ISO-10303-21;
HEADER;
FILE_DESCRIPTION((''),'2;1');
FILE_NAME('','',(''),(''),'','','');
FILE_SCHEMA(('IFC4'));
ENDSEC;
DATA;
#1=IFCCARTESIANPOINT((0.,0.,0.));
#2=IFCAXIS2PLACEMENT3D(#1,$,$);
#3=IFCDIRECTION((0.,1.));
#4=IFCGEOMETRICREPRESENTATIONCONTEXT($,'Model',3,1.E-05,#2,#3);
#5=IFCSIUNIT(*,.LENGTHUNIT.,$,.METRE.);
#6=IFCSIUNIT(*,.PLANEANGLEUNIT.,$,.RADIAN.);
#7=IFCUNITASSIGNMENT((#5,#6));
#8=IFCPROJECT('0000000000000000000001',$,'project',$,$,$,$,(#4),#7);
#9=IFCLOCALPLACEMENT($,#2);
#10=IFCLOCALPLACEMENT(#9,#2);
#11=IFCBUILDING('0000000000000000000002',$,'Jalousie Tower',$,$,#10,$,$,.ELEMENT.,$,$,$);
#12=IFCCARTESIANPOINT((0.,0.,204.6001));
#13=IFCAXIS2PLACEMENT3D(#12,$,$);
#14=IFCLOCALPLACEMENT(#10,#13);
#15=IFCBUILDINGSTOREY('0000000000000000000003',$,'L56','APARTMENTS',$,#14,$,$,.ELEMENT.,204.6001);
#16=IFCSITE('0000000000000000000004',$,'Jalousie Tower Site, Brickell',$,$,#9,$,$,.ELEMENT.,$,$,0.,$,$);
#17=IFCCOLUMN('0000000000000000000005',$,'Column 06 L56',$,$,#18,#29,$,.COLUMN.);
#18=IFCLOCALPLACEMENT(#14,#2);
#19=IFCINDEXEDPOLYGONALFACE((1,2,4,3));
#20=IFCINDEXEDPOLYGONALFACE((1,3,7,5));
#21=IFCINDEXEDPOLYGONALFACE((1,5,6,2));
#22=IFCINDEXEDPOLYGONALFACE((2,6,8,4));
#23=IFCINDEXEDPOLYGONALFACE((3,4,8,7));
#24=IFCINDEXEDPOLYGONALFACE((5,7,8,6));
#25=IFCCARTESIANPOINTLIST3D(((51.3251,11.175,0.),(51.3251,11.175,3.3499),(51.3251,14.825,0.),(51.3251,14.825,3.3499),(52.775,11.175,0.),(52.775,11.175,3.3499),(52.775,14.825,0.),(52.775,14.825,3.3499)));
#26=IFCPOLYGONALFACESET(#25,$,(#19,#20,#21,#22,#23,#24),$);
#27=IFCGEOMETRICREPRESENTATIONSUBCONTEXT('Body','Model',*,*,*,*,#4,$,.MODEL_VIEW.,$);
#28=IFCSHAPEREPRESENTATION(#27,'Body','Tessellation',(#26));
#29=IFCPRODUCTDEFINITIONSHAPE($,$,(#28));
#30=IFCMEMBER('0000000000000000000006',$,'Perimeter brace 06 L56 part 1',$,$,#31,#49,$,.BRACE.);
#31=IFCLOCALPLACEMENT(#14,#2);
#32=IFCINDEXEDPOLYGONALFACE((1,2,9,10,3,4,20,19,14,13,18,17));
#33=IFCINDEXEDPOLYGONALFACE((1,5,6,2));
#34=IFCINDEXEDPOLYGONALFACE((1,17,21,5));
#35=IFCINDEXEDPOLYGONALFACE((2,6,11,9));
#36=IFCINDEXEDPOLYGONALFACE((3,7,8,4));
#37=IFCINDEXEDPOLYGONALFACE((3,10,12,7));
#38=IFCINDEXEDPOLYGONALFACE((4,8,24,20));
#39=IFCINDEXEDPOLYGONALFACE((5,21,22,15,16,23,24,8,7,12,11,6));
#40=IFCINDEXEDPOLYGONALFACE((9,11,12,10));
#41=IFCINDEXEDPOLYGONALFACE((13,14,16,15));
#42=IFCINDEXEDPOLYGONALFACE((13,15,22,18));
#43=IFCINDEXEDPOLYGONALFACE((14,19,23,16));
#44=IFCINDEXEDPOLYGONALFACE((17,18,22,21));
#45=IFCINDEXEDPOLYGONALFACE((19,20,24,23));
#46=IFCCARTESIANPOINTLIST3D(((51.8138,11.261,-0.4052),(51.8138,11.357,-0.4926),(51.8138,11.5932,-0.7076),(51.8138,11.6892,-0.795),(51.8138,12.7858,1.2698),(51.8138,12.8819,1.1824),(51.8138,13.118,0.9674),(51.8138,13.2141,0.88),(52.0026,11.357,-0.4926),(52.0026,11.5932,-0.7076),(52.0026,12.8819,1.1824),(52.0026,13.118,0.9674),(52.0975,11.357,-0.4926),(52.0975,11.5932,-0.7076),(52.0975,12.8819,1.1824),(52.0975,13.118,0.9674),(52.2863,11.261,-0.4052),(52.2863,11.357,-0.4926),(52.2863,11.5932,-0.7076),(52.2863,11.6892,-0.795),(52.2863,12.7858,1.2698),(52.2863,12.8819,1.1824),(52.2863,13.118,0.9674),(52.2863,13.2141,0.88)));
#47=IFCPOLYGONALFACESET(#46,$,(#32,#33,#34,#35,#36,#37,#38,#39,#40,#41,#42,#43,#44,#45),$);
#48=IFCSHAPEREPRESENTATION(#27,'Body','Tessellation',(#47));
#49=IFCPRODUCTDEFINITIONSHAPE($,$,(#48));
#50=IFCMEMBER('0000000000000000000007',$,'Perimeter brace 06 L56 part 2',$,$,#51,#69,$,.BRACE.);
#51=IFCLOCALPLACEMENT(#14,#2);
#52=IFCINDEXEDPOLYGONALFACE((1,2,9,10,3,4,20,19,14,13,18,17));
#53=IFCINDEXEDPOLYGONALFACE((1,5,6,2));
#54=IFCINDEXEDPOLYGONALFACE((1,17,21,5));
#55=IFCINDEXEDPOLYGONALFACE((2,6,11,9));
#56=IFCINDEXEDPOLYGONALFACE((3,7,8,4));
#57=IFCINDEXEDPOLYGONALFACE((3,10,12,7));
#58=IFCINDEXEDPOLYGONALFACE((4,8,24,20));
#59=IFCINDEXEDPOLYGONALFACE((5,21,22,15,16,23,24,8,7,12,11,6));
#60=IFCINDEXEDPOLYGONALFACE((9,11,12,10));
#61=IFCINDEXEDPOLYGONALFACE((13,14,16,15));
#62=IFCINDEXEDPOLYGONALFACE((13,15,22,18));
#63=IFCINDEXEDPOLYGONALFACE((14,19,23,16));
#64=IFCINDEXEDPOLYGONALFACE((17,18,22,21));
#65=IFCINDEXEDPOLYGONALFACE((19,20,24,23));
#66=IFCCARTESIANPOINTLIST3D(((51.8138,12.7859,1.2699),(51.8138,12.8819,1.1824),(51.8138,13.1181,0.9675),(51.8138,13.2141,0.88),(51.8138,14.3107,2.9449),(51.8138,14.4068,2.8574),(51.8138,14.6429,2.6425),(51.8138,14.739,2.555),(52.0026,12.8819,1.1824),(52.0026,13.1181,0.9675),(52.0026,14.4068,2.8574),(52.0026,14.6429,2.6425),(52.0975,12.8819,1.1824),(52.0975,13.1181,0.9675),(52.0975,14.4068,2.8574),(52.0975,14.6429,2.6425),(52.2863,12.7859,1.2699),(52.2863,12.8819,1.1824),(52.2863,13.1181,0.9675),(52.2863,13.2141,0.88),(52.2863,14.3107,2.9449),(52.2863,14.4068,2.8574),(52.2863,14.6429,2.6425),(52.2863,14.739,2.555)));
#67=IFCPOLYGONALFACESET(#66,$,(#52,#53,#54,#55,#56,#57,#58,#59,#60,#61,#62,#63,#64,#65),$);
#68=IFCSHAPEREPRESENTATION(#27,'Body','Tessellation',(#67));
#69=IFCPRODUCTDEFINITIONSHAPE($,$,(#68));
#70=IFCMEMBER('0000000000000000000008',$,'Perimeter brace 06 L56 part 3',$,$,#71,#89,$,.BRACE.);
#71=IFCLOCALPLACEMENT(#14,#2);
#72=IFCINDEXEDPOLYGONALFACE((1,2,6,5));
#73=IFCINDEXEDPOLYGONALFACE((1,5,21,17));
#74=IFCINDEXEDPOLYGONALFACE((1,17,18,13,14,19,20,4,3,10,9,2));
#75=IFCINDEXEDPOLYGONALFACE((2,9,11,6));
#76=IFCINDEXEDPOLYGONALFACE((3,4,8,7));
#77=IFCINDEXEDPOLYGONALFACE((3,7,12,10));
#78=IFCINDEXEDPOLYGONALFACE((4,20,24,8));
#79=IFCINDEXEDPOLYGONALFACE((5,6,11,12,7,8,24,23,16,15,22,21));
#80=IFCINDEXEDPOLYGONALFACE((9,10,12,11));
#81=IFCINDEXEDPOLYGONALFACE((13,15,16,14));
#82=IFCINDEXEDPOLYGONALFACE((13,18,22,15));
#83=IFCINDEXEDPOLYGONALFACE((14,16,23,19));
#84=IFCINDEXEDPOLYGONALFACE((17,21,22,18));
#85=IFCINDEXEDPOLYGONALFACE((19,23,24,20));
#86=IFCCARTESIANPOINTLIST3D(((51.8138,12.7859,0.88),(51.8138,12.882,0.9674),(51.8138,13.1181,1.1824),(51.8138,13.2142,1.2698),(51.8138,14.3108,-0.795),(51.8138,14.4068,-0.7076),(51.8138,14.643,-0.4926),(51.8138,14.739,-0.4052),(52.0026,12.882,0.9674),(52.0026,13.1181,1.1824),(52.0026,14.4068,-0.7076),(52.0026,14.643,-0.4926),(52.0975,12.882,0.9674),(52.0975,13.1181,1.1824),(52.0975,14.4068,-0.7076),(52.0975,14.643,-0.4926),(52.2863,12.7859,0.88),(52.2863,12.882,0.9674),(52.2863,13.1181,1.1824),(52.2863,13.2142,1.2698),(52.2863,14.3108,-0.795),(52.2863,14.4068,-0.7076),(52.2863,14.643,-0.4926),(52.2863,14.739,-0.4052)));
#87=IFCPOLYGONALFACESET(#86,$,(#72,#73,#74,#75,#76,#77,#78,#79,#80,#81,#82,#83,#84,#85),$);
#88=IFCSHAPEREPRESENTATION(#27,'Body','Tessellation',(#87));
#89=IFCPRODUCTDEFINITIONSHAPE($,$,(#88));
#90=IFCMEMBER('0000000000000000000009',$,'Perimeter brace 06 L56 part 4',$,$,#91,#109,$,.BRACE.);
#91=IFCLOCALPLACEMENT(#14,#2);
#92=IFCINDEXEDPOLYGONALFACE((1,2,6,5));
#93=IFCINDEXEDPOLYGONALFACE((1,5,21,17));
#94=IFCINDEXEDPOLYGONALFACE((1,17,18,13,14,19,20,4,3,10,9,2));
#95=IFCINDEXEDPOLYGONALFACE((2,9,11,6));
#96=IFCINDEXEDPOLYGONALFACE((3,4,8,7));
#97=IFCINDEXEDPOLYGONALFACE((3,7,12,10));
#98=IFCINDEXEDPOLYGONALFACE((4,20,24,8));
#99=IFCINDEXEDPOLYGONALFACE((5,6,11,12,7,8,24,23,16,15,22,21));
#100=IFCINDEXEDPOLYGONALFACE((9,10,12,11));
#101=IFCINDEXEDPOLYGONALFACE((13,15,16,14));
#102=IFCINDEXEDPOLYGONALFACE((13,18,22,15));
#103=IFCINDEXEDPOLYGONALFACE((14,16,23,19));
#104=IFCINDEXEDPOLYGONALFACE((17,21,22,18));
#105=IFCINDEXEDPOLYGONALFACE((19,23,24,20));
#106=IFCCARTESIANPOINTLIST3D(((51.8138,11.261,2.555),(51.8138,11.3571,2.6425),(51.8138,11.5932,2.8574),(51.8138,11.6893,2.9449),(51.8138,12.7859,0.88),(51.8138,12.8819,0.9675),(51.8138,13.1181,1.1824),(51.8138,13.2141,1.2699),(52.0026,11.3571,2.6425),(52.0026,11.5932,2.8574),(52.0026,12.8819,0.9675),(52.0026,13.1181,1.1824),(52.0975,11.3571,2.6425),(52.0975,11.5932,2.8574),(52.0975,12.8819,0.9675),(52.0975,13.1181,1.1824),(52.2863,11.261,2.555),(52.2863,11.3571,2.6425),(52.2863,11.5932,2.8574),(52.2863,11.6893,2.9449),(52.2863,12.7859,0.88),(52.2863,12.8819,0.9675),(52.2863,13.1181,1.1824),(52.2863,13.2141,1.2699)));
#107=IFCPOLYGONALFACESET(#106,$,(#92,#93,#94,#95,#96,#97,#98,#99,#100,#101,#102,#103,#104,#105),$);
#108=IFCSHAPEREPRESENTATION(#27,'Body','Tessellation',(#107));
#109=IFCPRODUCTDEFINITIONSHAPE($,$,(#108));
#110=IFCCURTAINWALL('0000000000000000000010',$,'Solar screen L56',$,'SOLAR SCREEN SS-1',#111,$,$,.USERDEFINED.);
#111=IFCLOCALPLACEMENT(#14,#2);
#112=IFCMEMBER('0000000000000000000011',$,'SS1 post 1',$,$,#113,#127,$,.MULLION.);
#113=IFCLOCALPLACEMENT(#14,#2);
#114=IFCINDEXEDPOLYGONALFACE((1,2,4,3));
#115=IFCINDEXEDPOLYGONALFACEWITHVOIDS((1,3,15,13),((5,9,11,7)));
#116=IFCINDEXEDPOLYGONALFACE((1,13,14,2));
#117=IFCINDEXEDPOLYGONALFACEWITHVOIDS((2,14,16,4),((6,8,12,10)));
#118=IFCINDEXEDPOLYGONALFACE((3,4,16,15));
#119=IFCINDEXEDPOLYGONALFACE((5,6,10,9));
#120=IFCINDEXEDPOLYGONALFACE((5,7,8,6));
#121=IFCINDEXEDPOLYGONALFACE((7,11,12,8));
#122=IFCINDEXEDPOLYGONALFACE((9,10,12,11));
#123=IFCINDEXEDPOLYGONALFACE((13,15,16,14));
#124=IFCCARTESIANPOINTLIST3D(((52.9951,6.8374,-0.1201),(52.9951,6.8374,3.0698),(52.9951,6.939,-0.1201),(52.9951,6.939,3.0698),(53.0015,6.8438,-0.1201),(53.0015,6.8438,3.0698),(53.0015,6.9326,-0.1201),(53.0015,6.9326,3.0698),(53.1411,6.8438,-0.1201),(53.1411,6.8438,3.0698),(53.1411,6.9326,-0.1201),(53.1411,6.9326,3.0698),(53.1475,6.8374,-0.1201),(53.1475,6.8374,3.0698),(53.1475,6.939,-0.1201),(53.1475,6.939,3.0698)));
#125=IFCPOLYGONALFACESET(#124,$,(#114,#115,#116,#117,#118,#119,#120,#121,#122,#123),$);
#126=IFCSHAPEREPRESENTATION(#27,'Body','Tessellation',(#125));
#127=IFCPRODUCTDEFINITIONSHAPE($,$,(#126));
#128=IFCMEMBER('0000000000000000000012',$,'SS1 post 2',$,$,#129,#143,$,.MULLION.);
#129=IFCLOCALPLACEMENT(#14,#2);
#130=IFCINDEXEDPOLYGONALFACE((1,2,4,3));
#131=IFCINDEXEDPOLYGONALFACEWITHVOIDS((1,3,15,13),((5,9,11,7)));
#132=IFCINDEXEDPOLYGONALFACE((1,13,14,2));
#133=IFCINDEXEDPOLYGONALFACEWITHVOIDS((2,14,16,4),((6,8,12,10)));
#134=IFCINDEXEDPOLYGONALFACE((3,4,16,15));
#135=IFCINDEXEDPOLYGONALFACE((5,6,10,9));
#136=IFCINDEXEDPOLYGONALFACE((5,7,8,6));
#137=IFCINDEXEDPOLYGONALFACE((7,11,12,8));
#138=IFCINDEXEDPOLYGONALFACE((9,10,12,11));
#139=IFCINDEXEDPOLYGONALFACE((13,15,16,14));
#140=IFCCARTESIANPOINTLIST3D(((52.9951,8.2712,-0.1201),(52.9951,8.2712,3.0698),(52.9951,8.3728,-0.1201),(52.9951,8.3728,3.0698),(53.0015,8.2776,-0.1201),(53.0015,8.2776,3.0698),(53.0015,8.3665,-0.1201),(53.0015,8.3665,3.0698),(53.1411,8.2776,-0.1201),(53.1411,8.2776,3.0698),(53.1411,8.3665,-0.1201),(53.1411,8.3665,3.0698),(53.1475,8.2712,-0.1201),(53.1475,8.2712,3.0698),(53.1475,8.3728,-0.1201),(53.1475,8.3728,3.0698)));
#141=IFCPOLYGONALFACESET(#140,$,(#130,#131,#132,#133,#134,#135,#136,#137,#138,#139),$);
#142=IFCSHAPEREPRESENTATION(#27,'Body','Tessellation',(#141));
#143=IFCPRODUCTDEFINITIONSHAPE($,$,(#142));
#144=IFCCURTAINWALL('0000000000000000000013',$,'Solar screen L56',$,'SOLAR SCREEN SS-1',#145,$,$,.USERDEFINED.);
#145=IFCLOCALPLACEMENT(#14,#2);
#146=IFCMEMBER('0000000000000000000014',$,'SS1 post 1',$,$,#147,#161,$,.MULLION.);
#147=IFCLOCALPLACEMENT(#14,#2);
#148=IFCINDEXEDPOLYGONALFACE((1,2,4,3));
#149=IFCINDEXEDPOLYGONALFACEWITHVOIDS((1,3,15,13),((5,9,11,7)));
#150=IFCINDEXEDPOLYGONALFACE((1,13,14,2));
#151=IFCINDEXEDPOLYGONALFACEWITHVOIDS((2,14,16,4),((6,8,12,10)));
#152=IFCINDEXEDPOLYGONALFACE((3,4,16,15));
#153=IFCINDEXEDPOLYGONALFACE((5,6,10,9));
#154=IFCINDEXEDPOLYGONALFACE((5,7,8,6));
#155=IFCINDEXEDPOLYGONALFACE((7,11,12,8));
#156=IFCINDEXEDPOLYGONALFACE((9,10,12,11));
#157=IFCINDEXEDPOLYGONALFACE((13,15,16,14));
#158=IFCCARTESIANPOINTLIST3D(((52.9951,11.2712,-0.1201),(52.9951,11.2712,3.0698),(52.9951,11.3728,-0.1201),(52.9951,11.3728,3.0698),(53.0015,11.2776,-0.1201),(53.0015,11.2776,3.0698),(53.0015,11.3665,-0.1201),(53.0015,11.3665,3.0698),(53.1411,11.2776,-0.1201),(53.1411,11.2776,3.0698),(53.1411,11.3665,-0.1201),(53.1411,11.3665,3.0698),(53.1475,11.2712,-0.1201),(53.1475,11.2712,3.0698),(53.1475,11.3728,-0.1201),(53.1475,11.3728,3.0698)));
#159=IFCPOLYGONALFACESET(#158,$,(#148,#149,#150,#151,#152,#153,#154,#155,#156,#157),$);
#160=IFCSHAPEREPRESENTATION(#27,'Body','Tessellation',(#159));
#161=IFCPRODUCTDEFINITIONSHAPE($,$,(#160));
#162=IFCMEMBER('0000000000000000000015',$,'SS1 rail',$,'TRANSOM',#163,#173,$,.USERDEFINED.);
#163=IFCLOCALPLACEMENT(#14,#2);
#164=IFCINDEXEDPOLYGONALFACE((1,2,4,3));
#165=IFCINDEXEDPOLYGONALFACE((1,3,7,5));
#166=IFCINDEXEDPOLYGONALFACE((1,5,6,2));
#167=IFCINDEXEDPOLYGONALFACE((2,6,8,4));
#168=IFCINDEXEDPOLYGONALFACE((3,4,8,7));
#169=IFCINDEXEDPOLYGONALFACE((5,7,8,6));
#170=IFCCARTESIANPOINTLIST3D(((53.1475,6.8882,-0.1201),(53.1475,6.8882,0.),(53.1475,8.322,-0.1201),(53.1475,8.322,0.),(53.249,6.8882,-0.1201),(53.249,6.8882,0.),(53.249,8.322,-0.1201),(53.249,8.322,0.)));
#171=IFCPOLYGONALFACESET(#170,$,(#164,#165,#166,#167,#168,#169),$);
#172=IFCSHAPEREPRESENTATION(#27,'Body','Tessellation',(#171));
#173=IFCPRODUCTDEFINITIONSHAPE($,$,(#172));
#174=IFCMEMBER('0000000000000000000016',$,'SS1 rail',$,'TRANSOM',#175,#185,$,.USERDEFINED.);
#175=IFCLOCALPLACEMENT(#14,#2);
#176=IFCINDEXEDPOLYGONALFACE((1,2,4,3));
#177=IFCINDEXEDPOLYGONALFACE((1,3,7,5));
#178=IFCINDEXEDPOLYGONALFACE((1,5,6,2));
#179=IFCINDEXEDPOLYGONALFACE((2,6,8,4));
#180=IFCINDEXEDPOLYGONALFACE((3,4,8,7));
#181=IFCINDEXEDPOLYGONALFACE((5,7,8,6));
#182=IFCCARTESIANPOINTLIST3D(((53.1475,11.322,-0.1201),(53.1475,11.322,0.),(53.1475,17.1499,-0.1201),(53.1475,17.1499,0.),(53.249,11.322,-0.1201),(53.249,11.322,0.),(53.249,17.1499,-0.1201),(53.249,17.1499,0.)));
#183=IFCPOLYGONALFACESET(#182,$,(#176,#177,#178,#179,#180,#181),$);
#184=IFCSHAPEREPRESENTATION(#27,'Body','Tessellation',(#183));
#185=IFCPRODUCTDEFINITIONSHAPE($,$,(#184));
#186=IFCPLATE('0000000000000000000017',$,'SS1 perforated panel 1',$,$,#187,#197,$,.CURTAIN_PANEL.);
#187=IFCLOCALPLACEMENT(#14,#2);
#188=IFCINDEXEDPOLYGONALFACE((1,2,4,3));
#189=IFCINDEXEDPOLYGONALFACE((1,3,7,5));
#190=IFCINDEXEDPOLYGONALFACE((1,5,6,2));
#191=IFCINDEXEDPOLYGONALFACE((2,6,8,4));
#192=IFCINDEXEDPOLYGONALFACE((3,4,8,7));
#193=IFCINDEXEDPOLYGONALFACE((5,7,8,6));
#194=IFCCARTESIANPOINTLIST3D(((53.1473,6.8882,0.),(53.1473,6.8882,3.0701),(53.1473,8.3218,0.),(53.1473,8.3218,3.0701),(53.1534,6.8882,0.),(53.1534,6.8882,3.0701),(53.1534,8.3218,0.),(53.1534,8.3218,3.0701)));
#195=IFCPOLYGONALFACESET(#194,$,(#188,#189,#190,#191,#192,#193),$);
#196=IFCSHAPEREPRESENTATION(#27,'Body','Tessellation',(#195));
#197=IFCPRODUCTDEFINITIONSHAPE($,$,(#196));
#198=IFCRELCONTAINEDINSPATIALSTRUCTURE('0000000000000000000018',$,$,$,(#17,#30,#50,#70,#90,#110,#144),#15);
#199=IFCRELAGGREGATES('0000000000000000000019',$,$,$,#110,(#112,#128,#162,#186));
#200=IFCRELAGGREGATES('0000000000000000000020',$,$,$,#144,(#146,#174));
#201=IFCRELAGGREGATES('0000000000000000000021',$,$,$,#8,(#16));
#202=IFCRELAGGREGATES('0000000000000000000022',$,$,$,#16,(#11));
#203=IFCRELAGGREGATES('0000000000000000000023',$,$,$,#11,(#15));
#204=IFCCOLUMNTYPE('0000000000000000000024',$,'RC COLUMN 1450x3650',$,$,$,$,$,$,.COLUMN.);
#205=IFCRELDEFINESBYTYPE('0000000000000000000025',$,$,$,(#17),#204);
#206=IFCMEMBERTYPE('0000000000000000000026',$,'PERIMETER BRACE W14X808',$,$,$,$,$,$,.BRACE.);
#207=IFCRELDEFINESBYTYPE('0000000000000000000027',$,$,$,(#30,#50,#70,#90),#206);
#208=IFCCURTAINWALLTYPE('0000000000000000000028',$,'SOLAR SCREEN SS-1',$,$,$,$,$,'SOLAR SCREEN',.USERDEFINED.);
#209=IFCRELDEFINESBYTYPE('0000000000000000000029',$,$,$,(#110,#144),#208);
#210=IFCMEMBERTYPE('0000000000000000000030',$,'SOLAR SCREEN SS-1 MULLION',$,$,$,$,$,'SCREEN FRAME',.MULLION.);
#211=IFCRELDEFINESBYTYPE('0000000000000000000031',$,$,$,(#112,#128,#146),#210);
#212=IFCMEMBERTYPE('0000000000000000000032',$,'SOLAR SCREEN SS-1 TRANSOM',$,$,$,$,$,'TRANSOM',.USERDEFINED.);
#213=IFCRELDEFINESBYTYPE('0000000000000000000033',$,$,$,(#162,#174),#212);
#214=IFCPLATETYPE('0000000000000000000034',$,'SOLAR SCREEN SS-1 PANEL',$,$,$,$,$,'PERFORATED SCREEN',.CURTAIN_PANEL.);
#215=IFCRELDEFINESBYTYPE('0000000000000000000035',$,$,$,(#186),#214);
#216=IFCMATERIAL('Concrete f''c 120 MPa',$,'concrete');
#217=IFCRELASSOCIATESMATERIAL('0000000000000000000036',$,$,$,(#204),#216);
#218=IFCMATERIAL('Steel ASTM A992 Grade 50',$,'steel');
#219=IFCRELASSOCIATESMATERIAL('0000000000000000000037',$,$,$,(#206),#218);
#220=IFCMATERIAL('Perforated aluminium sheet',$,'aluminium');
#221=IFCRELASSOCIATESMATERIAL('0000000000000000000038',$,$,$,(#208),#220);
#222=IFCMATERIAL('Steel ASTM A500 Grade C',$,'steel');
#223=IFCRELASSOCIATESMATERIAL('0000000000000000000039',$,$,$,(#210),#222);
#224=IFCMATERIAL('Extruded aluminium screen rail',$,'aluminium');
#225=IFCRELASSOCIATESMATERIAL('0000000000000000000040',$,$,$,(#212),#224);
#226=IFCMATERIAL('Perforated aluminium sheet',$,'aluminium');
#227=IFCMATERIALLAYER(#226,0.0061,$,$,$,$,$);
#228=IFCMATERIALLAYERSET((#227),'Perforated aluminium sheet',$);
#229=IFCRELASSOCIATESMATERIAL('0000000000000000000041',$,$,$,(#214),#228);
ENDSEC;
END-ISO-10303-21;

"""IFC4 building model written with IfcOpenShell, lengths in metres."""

from ifc_helpers import new_model, si_unit, direction, frame, origin, origin_2d, place, context, subcontext, project, spatial, rectangle, hollow_rectangle, i_section, extrude, material, layer, layer_set, material_profile, profile_set, type_object, element, aggregate, save


model = new_model("IFC4")

# Units and contexts
model_context = context("Model", 3, precision=1e-05, world=origin(), true_north=direction((0.0, 1.0)))
body_context = subcontext(model_context, "Body", "Model", "MODEL_VIEW")
ifc_project = project(units=[si_unit("LENGTHUNIT", "METRE"), si_unit("PLANEANGLEUNIT", "RADIAN")], contexts=[model_context])

# Site, building, storey
site_placement = place(None, origin())
site = spatial("IfcSite", under=ifc_project, at=site_placement, Name="Jalousie Tower Site, Brickell", CompositionType="ELEMENT", RefElevation=0.0)
building_placement = place(site_placement, origin())
building = spatial("IfcBuilding", under=site, at=building_placement, Name="Jalousie Tower", CompositionType="ELEMENT")
storey_placement = place(building_placement, frame((0.0, 0.0, 204.6001)))
storey = spatial("IfcBuildingStorey", under=building, at=storey_placement, Name="L56", Description="APARTMENTS", CompositionType="ELEMENT", Elevation=204.6001)

# Column
ifc_material_1 = material(Name="Concrete f'c 120 MPa", Category="concrete")
ifc_material_profile_1 = material_profile(ifc_material_1, rectangle(XDim=1.45, YDim=3.6499, at=origin_2d()), Name="RC 1450x3650")
ifc_profile_set_1 = profile_set([ifc_material_profile_1], Name="Concrete f'c 120 MPa")
column_type = type_object("IfcColumnType", Name="RC COLUMN 1450x3650", PredefinedType="COLUMN", material=ifc_profile_set_1)
column_placement = place(storey_placement, frame((52.05, 13.0, 0.0), z_axis=(0.0, 0.0, 1.0), x_axis=(1.0, 0.0, 0.0)))
element("IfcColumn", 1, at=column_placement, inside=storey, type_object=column_type, Name="Column 06 L56", PredefinedType="COLUMN", context=body_context, shape_type="SweptSolid", body=[
    extrude(rectangle(XDim=1.45, YDim=3.6499, at=origin_2d()), origin(), (0.0, 0.0, 1.0), 3.3499),
])

# Members
ifc_material_2 = material(Name="Steel ASTM A992 Grade 50", Category="steel")
ifc_material_profile_2 = material_profile(ifc_material_2, i_section(OverallWidth=0.4724, OverallDepth=0.5791, WebThickness=0.095, FlangeThickness=0.1299, at=origin_2d()), Name="W14X808")
ifc_profile_set_2 = profile_set([ifc_material_profile_2], Name="Steel ASTM A992 Grade 50")
member_type_1 = type_object("IfcMemberType", Name="PERIMETER BRACE W14X808", PredefinedType="BRACE", material=ifc_profile_set_2)
for number, where, z_axis, x_axis, name in (
    (2, (52.05, 11.4751, -0.6001), (0.0, 0.673188, 0.739472), (-1.0, 0.0, 0.0), "Perimeter brace 06 L56 part 1"),
    (3, (52.05, 13.0, 1.075), (0.0, 0.673188, 0.739472), (-1.0, 0.0, 0.0), "Perimeter brace 06 L56 part 2"),
    (4, (52.05, 14.5249, -0.6001), (0.0, -0.673188, 0.739472), (1.0, 0.0, 0.0), "Perimeter brace 06 L56 part 3"),
    (5, (52.05, 13.0, 1.075), (0.0, -0.673188, 0.739472), (1.0, 0.0, 0.0), "Perimeter brace 06 L56 part 4"),
):
    element("IfcMember", number, at=place(storey_placement, frame(where, z_axis=z_axis, x_axis=x_axis)), inside=storey, type_object=member_type_1, Name=name, PredefinedType="BRACE", context=body_context, shape_type="SweptSolid", body=[
        extrude(i_section(OverallWidth=0.4724, OverallDepth=0.5791, WebThickness=0.095, FlangeThickness=0.1299, at=origin_2d()), origin(), (0.0, 0.0, 1.0), 2.2651),
    ])

# Curtain wall, members
ifc_material_3 = material(Name="Perforated aluminium sheet", Category="aluminium")
curtain_wall_type = type_object("IfcCurtainWallType", Name="SOLAR SCREEN SS-1", ElementType="SOLAR SCREEN", PredefinedType="USERDEFINED", material=ifc_material_3)
curtain_wall_1_placement = place(storey_placement, origin())
curtain_wall_1 = element("IfcCurtainWall", 6, at=curtain_wall_1_placement, inside=storey, type_object=curtain_wall_type, Name="Solar screen L56", ObjectType="SOLAR SCREEN SS-1", PredefinedType="USERDEFINED")
ifc_material_4 = material(Name="Steel ASTM A500 Grade C", Category="steel")
ifc_material_profile_3 = material_profile(ifc_material_4, hollow_rectangle(XDim=0.1016, YDim=0.1523, WallThickness=0.0063, at=origin_2d()), Name="HSS6X4X1/4")
ifc_profile_set_3 = profile_set([ifc_material_profile_3], Name="Steel ASTM A500 Grade C")
member_type_2 = type_object("IfcMemberType", Name="SOLAR SCREEN SS-1 MULLION", ElementType="SCREEN FRAME", PredefinedType="MULLION", material=ifc_profile_set_3)
member_1_placement = place(storey_placement, frame((53.0713, 6.8882, -0.1201), z_axis=(0.0, 0.0, 1.0), x_axis=(0.0, 1.0, 0.0)))
member_1 = element("IfcMember", 7, at=member_1_placement, type_object=member_type_2, Name="SS1 post 1", PredefinedType="MULLION", context=body_context, shape_type="SweptSolid", body=[
    extrude(hollow_rectangle(XDim=0.1016, YDim=0.1523, WallThickness=0.0063, at=origin_2d()), origin(), (0.0, 0.0, 1.0), 3.1899),
])
member_2_placement = place(storey_placement, frame((53.0713, 8.322, -0.1201), z_axis=(0.0, 0.0, 1.0), x_axis=(0.0, 1.0, 0.0)))
member_2 = element("IfcMember", 8, at=member_2_placement, type_object=member_type_2, Name="SS1 post 2", PredefinedType="MULLION", context=body_context, shape_type="SweptSolid", body=[
    extrude(hollow_rectangle(XDim=0.1016, YDim=0.1523, WallThickness=0.0063, at=origin_2d()), origin(), (0.0, 0.0, 1.0), 3.1899),
])

# Curtain wall, member
curtain_wall_2_placement = place(storey_placement, origin())
curtain_wall_2 = element("IfcCurtainWall", 9, at=curtain_wall_2_placement, inside=storey, type_object=curtain_wall_type, Name="Solar screen L56", ObjectType="SOLAR SCREEN SS-1", PredefinedType="USERDEFINED")
member_3_placement = place(storey_placement, frame((53.0713, 11.322, -0.1201), z_axis=(0.0, 0.0, 1.0), x_axis=(0.0, 1.0, 0.0)))
member_3 = element("IfcMember", 10, at=member_3_placement, type_object=member_type_2, Name="SS1 post 1", PredefinedType="MULLION", context=body_context, shape_type="SweptSolid", body=[
    extrude(hollow_rectangle(XDim=0.1016, YDim=0.1523, WallThickness=0.0063, at=origin_2d()), origin(), (0.0, 0.0, 1.0), 3.1899),
])

# Members
ifc_material_5 = material(Name="Extruded aluminium screen rail", Category="aluminium")
ifc_material_profile_4 = material_profile(ifc_material_5, rectangle(XDim=0.1016, YDim=0.1201, at=origin_2d()), Name="RAIL 102x120")
ifc_profile_set_4 = profile_set([ifc_material_profile_4], Name="Extruded aluminium screen rail")
member_type_3 = type_object("IfcMemberType", Name="SOLAR SCREEN SS-1 TRANSOM", ElementType="TRANSOM", PredefinedType="USERDEFINED", material=ifc_profile_set_4)
member_4_placement = place(storey_placement, frame((53.1982, 6.8882, -0.0601), z_axis=(0.0, 1.0, 0.0), x_axis=(-1.0, 0.0, 0.0)))
member_4 = element("IfcMember", 11, at=member_4_placement, type_object=member_type_3, Name="SS1 rail", ObjectType="TRANSOM", PredefinedType="USERDEFINED", context=body_context, shape_type="SweptSolid", body=[
    extrude(rectangle(XDim=0.1016, YDim=0.1201, at=origin_2d()), origin(), (0.0, 0.0, 1.0), 1.4338),
])
member_5_placement = place(storey_placement, frame((53.1982, 11.322, -0.0601), z_axis=(0.0, 1.0, 0.0), x_axis=(-1.0, 0.0, 0.0)))
member_5 = element("IfcMember", 12, at=member_5_placement, type_object=member_type_3, Name="SS1 rail", ObjectType="TRANSOM", PredefinedType="USERDEFINED", context=body_context, shape_type="SweptSolid", body=[
    extrude(rectangle(XDim=0.1016, YDim=0.1201, at=origin_2d()), origin(), (0.0, 0.0, 1.0), 5.8279),
])

# Plate
ifc_material_6 = material(Name="Perforated aluminium sheet", Category="aluminium")
ifc_layer_1 = layer(ifc_material_6, 0.0061)
ifc_layer_set_1 = layer_set([ifc_layer_1], Name="Perforated aluminium sheet")
plate_type = type_object("IfcPlateType", Name="SOLAR SCREEN SS-1 PANEL", ElementType="PERFORATED SCREEN", PredefinedType="CURTAIN_PANEL", material=ifc_layer_set_1)
plate_1_placement = place(storey_placement, frame((53.1504, 7.605, 0.0), z_axis=(0.0, 0.0, 1.0), x_axis=(0.0, 1.0, 0.0)))
plate_1 = element("IfcPlate", 13, at=plate_1_placement, type_object=plate_type, Name="SS1 perforated panel 1", PredefinedType="CURTAIN_PANEL", context=body_context, shape_type="SweptSolid", body=[
    extrude(rectangle(XDim=1.4336, YDim=0.0061, at=origin_2d()), origin(), (0.0, 0.0, 1.0), 3.0701),
])
aggregate(curtain_wall_1, [member_1, member_2, member_4, plate_1])
aggregate(curtain_wall_2, [member_3, member_5])

save(model, "model.ifc")
